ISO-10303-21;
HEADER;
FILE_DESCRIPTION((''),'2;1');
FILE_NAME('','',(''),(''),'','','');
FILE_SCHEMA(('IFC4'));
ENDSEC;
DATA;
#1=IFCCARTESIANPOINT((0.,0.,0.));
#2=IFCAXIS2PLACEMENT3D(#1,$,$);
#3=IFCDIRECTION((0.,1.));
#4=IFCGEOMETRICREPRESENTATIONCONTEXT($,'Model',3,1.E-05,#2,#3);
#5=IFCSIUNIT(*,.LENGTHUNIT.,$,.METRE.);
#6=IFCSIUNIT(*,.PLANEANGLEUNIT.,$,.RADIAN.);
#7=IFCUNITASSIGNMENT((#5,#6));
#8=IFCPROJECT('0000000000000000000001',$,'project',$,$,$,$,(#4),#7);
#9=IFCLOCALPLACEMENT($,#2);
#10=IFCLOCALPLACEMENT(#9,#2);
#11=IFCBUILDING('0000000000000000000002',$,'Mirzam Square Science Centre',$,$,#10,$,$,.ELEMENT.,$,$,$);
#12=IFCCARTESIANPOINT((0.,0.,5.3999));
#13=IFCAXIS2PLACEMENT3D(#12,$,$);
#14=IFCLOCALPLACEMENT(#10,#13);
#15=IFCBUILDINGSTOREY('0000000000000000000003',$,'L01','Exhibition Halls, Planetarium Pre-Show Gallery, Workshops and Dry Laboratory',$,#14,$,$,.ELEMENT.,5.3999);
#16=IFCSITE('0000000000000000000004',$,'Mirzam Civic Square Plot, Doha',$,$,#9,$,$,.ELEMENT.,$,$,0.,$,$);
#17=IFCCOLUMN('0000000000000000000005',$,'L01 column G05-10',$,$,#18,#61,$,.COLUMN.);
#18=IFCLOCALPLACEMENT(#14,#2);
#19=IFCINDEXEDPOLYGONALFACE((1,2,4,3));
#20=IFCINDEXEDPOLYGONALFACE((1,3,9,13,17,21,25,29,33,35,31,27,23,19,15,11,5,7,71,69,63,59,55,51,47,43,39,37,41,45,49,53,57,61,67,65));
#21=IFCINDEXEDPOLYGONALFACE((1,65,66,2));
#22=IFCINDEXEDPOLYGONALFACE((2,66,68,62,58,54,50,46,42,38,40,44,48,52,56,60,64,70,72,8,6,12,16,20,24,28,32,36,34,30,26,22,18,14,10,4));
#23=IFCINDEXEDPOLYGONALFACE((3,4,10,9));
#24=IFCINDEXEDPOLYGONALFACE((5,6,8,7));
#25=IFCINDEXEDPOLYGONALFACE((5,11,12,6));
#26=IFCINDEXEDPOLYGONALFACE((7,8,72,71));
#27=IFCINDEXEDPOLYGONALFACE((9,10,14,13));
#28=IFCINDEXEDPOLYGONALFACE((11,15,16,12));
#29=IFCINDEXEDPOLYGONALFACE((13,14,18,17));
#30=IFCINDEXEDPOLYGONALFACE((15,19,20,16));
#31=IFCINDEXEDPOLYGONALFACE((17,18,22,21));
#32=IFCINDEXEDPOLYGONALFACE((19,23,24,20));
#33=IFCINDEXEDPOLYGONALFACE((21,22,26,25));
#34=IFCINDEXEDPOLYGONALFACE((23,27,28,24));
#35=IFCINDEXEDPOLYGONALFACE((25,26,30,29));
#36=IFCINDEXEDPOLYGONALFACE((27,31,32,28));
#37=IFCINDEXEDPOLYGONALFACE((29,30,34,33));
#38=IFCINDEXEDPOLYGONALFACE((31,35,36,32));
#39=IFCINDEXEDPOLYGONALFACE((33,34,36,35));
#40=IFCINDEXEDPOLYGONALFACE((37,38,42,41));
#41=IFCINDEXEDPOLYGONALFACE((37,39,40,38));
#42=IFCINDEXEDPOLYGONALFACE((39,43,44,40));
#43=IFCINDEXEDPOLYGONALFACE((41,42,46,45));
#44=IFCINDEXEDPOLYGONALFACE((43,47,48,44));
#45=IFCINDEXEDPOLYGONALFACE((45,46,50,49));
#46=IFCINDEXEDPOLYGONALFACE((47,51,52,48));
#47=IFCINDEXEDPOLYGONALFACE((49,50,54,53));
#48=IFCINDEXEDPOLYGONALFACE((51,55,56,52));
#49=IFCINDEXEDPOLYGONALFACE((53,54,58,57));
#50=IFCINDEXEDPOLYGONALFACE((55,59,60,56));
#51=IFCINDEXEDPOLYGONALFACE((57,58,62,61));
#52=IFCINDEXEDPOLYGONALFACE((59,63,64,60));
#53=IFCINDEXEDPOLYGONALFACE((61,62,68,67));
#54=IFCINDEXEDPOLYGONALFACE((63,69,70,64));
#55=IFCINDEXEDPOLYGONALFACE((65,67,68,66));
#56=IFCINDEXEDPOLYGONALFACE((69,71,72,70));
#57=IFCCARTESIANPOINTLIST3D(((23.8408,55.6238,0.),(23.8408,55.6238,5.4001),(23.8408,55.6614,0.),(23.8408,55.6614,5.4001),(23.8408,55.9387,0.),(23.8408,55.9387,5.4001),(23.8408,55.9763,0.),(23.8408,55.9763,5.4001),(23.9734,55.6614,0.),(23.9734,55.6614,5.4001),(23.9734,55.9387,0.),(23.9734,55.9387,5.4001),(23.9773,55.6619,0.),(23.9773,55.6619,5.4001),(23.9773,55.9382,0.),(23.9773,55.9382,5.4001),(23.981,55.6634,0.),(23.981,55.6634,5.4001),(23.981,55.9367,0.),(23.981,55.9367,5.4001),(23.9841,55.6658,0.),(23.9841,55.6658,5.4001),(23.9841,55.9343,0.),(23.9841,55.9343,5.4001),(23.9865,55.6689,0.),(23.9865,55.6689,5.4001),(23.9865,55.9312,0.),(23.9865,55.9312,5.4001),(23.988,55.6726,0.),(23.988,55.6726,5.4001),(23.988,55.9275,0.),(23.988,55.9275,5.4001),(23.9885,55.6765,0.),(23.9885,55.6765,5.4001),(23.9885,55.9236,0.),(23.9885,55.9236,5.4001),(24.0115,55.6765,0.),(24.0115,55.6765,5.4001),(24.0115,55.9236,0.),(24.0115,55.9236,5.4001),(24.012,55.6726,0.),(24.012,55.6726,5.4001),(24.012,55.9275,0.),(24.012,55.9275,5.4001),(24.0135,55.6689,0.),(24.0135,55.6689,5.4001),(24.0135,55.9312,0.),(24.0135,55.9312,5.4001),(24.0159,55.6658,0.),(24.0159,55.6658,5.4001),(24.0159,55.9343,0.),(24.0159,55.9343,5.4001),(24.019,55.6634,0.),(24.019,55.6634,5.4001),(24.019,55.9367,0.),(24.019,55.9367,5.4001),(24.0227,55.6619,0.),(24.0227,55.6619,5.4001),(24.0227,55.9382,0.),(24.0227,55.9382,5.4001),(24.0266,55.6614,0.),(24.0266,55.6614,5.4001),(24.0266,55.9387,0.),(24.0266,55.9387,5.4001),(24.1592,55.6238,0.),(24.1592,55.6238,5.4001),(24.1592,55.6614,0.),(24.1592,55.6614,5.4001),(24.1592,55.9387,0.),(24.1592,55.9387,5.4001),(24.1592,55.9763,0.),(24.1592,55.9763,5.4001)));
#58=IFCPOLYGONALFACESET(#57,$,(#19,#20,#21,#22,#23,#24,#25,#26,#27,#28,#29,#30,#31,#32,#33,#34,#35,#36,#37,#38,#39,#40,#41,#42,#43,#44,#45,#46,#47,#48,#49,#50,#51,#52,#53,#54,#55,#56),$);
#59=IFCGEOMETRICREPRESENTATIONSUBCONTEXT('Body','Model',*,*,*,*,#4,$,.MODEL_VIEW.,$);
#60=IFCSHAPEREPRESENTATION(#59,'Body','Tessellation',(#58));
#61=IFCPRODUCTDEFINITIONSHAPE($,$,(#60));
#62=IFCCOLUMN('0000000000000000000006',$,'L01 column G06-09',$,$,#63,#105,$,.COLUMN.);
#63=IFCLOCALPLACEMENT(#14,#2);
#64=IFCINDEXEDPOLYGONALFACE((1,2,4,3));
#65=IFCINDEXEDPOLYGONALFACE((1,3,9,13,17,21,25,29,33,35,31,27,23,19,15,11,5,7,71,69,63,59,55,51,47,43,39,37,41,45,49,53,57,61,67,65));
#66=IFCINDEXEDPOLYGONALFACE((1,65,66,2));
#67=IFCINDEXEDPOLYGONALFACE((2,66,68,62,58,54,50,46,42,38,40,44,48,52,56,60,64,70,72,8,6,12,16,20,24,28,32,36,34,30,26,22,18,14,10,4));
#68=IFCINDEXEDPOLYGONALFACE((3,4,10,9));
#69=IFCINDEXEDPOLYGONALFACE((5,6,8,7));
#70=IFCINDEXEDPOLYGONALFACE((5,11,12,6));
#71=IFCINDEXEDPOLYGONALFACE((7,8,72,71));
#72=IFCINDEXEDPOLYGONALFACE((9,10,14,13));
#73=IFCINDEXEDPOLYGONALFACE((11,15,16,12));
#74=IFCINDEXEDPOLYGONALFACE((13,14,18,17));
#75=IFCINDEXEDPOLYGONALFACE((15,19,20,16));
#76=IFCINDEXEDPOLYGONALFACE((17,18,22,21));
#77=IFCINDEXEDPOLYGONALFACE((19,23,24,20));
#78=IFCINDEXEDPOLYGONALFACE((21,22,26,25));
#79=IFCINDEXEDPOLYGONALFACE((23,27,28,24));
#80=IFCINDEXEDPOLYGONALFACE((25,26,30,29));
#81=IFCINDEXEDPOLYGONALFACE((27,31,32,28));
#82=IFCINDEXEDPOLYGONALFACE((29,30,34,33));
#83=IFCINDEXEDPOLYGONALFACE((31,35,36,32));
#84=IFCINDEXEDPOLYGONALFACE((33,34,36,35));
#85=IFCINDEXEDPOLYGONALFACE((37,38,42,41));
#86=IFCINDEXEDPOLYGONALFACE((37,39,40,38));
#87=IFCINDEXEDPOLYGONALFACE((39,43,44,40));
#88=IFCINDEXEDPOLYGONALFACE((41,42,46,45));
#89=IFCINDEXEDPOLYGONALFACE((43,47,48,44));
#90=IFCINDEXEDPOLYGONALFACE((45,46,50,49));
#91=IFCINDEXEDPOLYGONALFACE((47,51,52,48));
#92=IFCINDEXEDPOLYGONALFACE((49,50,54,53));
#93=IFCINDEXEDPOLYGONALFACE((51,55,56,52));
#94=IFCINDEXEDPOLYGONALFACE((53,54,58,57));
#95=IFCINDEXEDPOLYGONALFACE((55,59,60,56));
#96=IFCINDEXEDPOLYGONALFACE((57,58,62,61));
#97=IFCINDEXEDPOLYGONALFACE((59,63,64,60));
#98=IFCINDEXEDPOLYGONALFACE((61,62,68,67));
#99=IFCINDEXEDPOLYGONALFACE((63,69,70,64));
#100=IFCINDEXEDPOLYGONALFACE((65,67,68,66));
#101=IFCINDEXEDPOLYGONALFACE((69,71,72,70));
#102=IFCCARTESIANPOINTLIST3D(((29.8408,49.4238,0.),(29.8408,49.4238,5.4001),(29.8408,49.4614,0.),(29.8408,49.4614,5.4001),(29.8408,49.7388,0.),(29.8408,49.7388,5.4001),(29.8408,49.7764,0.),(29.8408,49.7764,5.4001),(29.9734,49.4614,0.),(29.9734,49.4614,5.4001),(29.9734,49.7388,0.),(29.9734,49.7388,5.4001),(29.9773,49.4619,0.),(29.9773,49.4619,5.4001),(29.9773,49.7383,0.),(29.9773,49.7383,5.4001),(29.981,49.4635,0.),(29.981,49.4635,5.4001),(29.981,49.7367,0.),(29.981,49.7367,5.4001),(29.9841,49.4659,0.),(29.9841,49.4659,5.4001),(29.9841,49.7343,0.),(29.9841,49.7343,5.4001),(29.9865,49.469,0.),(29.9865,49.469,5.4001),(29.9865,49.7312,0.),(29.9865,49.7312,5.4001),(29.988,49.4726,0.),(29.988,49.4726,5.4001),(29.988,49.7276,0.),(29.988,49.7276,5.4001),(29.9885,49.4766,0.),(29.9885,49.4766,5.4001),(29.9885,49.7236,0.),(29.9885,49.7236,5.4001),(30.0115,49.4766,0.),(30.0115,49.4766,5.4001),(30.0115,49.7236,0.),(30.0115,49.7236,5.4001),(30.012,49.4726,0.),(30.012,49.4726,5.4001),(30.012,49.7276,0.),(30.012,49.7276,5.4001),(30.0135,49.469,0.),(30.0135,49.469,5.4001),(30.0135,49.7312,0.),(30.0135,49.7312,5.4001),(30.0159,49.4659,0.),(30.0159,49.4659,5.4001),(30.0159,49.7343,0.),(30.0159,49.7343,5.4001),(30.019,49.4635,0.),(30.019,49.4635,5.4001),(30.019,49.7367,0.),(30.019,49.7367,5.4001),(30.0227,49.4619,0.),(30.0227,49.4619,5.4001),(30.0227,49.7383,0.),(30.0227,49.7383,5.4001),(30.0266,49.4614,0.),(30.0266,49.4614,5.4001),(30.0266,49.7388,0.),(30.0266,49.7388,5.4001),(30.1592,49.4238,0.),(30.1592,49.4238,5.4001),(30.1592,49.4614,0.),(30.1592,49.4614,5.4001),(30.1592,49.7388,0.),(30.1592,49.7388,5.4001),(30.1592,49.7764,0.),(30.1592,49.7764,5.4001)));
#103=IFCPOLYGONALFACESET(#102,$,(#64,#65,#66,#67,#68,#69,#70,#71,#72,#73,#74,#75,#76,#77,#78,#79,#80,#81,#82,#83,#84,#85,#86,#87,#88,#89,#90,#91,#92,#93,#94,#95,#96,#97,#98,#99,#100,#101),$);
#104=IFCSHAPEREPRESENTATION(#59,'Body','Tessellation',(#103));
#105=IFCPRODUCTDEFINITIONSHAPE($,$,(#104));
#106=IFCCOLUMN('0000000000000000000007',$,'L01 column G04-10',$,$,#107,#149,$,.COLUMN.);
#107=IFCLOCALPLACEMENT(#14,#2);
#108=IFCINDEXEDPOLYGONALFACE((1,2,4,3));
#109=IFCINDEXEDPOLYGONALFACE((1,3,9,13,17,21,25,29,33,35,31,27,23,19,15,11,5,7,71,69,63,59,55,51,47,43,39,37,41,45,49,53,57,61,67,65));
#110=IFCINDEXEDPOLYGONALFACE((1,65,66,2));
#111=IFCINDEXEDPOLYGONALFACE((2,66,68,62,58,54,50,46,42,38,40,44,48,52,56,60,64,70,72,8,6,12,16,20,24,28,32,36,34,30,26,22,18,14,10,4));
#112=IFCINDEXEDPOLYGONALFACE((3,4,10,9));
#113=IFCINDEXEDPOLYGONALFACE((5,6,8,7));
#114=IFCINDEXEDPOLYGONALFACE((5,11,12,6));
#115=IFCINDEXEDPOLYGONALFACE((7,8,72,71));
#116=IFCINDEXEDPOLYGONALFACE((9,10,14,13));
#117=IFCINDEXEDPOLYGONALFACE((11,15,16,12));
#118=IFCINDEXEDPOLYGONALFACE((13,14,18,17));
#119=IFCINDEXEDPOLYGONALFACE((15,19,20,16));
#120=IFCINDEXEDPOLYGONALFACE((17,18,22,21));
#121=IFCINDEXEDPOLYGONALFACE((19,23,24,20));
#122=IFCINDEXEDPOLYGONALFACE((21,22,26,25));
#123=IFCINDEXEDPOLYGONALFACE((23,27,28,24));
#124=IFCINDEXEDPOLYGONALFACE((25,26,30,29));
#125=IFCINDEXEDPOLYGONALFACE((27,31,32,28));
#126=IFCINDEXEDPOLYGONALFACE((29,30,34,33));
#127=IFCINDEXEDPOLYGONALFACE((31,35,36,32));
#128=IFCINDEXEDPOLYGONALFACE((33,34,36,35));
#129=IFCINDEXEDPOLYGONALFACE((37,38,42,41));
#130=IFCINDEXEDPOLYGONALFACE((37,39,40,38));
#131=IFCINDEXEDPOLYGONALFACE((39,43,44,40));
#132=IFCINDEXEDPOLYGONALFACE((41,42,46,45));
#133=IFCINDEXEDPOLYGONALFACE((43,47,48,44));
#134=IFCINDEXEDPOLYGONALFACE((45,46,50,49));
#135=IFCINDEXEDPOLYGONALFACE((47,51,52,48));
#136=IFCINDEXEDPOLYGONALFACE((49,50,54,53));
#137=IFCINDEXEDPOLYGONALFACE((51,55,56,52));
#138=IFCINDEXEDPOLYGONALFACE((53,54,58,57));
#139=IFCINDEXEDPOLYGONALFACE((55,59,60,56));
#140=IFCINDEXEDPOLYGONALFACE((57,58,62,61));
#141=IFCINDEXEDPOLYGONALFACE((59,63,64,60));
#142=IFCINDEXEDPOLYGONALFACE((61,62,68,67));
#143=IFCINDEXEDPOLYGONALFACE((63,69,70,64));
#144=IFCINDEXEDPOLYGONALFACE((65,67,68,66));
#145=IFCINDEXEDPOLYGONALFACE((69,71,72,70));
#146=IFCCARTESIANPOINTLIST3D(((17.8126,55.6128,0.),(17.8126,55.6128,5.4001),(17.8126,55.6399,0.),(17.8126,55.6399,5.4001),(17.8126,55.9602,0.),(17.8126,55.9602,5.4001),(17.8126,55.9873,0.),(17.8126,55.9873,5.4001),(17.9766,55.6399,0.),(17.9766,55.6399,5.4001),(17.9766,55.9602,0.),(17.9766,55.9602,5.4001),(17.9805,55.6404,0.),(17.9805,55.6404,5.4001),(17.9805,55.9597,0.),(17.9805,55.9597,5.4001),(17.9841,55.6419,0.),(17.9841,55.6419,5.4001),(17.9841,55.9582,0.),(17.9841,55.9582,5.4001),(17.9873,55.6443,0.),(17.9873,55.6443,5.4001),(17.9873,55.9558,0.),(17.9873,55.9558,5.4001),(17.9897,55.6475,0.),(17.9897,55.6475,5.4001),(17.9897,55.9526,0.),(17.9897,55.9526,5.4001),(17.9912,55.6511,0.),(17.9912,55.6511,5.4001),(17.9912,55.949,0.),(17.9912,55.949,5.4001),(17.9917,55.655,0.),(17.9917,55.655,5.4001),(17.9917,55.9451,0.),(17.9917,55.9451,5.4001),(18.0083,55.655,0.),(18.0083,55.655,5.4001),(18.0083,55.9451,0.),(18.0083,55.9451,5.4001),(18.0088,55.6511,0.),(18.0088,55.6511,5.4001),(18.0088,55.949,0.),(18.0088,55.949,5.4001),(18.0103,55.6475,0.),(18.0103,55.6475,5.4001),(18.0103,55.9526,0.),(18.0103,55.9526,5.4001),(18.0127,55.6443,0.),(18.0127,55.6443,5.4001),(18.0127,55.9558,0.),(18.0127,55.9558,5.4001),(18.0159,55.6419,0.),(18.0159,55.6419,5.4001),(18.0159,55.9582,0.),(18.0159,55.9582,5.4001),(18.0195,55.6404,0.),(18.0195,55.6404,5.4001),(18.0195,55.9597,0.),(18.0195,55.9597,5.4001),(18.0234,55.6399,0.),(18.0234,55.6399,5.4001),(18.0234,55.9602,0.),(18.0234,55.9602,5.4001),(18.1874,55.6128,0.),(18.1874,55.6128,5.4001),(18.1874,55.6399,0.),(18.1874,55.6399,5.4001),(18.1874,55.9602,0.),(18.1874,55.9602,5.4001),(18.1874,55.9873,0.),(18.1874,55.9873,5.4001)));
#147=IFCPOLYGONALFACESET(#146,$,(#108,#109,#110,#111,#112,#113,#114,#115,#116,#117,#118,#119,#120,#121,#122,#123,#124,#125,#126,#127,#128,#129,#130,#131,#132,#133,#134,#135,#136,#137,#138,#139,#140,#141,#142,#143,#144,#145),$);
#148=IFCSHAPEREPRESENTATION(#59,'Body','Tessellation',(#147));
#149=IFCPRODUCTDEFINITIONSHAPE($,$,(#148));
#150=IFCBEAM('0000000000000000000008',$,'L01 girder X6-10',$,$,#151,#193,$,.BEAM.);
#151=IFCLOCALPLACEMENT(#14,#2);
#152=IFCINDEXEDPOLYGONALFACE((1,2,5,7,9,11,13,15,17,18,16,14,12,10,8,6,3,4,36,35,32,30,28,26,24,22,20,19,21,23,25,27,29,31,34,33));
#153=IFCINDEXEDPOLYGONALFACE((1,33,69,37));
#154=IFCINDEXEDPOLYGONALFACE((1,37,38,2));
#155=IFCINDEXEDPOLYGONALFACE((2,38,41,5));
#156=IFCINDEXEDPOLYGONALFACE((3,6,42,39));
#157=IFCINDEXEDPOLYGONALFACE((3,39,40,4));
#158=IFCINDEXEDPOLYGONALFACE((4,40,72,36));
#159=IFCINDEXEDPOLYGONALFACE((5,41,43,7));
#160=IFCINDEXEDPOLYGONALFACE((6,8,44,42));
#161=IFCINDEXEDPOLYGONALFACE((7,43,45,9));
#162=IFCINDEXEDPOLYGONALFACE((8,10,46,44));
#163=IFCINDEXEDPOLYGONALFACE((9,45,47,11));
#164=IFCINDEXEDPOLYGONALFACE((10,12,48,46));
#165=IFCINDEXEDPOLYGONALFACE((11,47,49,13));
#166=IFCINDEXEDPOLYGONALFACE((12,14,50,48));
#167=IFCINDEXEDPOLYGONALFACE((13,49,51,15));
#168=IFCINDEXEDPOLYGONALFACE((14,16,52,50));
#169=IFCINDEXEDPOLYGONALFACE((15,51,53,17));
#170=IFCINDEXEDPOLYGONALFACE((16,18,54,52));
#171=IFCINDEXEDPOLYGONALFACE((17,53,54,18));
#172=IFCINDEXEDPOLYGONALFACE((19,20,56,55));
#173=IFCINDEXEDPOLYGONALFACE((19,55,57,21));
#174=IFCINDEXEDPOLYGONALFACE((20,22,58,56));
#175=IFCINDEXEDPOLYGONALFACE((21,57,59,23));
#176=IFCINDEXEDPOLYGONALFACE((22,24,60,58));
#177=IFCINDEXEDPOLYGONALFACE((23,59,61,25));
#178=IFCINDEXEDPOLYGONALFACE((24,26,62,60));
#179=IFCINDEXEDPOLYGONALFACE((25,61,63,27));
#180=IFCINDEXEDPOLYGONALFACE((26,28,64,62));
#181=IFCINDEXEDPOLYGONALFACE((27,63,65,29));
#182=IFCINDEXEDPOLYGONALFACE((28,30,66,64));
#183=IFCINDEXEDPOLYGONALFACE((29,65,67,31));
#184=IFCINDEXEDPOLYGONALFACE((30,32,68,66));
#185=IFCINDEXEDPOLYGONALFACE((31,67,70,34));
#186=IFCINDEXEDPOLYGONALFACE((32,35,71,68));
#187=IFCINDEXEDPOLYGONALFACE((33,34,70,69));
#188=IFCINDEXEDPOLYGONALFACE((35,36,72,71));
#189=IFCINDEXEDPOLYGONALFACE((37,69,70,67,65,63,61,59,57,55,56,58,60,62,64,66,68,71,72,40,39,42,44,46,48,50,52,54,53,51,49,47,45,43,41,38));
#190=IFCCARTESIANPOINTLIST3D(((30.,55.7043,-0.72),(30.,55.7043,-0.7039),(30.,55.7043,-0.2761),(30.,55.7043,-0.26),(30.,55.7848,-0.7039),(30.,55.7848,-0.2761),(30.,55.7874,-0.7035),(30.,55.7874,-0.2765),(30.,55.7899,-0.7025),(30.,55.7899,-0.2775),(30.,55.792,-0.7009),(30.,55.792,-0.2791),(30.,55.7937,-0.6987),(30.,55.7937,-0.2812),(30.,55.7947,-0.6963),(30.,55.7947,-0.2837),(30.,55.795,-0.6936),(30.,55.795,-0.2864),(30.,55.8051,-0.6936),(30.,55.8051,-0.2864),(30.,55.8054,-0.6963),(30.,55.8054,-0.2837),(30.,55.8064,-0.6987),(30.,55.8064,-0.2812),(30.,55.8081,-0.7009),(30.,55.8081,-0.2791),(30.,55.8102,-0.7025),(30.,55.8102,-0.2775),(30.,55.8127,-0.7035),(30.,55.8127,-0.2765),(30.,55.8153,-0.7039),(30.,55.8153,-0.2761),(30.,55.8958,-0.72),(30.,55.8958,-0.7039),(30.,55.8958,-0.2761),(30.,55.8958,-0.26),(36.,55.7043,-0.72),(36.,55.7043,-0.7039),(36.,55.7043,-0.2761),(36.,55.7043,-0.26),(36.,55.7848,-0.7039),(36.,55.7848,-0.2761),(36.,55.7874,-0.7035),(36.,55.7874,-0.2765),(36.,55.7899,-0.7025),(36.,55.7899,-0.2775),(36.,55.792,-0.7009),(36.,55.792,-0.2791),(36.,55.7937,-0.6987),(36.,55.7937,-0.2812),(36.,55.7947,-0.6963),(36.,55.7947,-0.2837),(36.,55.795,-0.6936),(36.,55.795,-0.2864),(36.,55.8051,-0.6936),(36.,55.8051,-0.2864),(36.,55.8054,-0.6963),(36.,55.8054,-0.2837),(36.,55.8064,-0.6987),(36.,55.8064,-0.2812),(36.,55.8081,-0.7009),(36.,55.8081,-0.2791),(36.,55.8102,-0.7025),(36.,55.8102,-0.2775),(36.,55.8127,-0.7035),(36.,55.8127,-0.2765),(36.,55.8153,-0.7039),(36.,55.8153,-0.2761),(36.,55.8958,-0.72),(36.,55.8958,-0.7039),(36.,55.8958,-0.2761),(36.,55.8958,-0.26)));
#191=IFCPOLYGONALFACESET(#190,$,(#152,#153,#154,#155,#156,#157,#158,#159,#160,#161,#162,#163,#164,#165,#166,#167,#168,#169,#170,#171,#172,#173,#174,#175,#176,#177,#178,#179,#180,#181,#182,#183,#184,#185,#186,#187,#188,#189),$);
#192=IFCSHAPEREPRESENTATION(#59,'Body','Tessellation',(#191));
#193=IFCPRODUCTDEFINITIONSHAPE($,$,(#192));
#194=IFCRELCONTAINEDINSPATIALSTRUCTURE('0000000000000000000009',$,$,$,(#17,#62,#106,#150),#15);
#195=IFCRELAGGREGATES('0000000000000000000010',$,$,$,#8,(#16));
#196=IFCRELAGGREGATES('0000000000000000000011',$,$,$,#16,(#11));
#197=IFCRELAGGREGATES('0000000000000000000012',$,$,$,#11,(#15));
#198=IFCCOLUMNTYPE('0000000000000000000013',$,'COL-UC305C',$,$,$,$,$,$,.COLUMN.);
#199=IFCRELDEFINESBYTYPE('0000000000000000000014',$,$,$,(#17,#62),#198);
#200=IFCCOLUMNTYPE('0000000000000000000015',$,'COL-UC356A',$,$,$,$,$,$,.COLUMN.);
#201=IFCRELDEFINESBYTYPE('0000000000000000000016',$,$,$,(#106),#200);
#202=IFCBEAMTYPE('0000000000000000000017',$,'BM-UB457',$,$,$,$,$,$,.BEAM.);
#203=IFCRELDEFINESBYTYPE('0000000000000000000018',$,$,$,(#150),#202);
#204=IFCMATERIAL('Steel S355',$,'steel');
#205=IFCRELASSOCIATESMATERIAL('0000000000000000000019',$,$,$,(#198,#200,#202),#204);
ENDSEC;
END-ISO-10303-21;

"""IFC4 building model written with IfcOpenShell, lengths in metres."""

from ifc_helpers import new_model, si_unit, direction, frame, origin, origin_2d, place, context, subcontext, project, spatial, i_section, extrude, material, material_profile, profile_set, type_object, element, save


model = new_model("IFC4")

# Units and contexts
model_context = context("Model", 3, precision=1e-05, world=origin(), true_north=direction((0.0, 1.0)))
body_context = subcontext(model_context, "Body", "Model", "MODEL_VIEW")
ifc_project = project(units=[si_unit("LENGTHUNIT", "METRE"), si_unit("PLANEANGLEUNIT", "RADIAN")], contexts=[model_context])

# Site, building, storey
site_placement = place(None, origin())
site = spatial("IfcSite", under=ifc_project, at=site_placement, Name="Mirzam Civic Square Plot, Doha", CompositionType="ELEMENT", RefElevation=0.0)
building_placement = place(site_placement, origin())
building = spatial("IfcBuilding", under=site, at=building_placement, Name="Mirzam Square Science Centre", CompositionType="ELEMENT")
storey_placement = place(building_placement, frame((0.0, 0.0, 5.3999)))
storey = spatial("IfcBuildingStorey", under=building, at=storey_placement, Name="L01", Description="Exhibition Halls, Planetarium Pre-Show Gallery, Workshops and Dry Laboratory", CompositionType="ELEMENT", Elevation=5.3999)

# Columns
ifc_material_1 = material(Name="Steel S355", Category="steel")
ifc_material_profile_1 = material_profile(ifc_material_1, i_section(OverallWidth=0.3184, OverallDepth=0.3525, WebThickness=0.0229, FlangeThickness=0.0376, FilletRadius=0.0151, at=origin_2d()), Name="305x305x240UC")
ifc_profile_set_1 = profile_set([ifc_material_profile_1], Name="Steel S355")
column_type_1 = type_object("IfcColumnType", Name="COL-UC305C", PredefinedType="COLUMN", material=ifc_profile_set_1)
for number, where, z_axis, x_axis, name in (
    (1, (24.0, 55.8, 0.0), (0.0, 0.0, 1.0), (1.0, 0.0, 0.0), "L01 column G05-10"),
    (2, (30.0, 49.6001, 0.0), (0.0, 0.0, 1.0), (1.0, 0.0, 0.0), "L01 column G06-09"),
):
    element("IfcColumn", number, at=place(storey_placement, frame(where, z_axis=z_axis, x_axis=x_axis)), inside=storey, type_object=column_type_1, Name=name, PredefinedType="COLUMN", context=body_context, shape_type="SweptSolid", body=[
        extrude(i_section(OverallWidth=0.3184, OverallDepth=0.3525, WebThickness=0.0229, FlangeThickness=0.0376, FilletRadius=0.0151, at=origin_2d()), origin(), (0.0, 0.0, 1.0), 5.4001),
    ])
ifc_material_profile_2 = material_profile(ifc_material_1, i_section(OverallWidth=0.3748, OverallDepth=0.3745, WebThickness=0.0166, FlangeThickness=0.0271, FilletRadius=0.0151, at=origin_2d()), Name="356x368x202UC")
ifc_profile_set_2 = profile_set([ifc_material_profile_2], Name="Steel S355")
column_type_2 = type_object("IfcColumnType", Name="COL-UC356A", PredefinedType="COLUMN", material=ifc_profile_set_2)
column_1_placement = place(storey_placement, frame((18.0, 55.8, 0.0), z_axis=(0.0, 0.0, 1.0), x_axis=(1.0, 0.0, 0.0)))
element("IfcColumn", 3, at=column_1_placement, inside=storey, type_object=column_type_2, Name="L01 column G04-10", PredefinedType="COLUMN", context=body_context, shape_type="SweptSolid", body=[
    extrude(i_section(OverallWidth=0.3748, OverallDepth=0.3745, WebThickness=0.0166, FlangeThickness=0.0271, FilletRadius=0.0151, at=origin_2d()), origin(), (0.0, 0.0, 1.0), 5.4001),
])

# Beam
ifc_material_profile_3 = material_profile(ifc_material_1, i_section(OverallWidth=0.1914, OverallDepth=0.46, WebThickness=0.01, FlangeThickness=0.0161, FilletRadius=0.0103, at=origin_2d()), Name="457x191x82UB")
ifc_profile_set_3 = profile_set([ifc_material_profile_3], Name="Steel S355")
beam_type_1 = type_object("IfcBeamType", Name="BM-UB457", PredefinedType="BEAM", material=ifc_profile_set_3)
beam_1_placement = place(storey_placement, frame((30.0, 55.8, -0.49), z_axis=(1.0, 0.0, 0.0), x_axis=(0.0, 1.0, 0.0)))
element("IfcBeam", 4, at=beam_1_placement, inside=storey, type_object=beam_type_1, Name="L01 girder X6-10", PredefinedType="BEAM", context=body_context, shape_type="SweptSolid", body=[
    extrude(i_section(OverallWidth=0.1914, OverallDepth=0.46, WebThickness=0.01, FlangeThickness=0.0161, FilletRadius=0.0103, at=origin_2d()), origin(), (0.0, 0.0, 1.0), 6.0),
])

save(model, "model.ifc")
